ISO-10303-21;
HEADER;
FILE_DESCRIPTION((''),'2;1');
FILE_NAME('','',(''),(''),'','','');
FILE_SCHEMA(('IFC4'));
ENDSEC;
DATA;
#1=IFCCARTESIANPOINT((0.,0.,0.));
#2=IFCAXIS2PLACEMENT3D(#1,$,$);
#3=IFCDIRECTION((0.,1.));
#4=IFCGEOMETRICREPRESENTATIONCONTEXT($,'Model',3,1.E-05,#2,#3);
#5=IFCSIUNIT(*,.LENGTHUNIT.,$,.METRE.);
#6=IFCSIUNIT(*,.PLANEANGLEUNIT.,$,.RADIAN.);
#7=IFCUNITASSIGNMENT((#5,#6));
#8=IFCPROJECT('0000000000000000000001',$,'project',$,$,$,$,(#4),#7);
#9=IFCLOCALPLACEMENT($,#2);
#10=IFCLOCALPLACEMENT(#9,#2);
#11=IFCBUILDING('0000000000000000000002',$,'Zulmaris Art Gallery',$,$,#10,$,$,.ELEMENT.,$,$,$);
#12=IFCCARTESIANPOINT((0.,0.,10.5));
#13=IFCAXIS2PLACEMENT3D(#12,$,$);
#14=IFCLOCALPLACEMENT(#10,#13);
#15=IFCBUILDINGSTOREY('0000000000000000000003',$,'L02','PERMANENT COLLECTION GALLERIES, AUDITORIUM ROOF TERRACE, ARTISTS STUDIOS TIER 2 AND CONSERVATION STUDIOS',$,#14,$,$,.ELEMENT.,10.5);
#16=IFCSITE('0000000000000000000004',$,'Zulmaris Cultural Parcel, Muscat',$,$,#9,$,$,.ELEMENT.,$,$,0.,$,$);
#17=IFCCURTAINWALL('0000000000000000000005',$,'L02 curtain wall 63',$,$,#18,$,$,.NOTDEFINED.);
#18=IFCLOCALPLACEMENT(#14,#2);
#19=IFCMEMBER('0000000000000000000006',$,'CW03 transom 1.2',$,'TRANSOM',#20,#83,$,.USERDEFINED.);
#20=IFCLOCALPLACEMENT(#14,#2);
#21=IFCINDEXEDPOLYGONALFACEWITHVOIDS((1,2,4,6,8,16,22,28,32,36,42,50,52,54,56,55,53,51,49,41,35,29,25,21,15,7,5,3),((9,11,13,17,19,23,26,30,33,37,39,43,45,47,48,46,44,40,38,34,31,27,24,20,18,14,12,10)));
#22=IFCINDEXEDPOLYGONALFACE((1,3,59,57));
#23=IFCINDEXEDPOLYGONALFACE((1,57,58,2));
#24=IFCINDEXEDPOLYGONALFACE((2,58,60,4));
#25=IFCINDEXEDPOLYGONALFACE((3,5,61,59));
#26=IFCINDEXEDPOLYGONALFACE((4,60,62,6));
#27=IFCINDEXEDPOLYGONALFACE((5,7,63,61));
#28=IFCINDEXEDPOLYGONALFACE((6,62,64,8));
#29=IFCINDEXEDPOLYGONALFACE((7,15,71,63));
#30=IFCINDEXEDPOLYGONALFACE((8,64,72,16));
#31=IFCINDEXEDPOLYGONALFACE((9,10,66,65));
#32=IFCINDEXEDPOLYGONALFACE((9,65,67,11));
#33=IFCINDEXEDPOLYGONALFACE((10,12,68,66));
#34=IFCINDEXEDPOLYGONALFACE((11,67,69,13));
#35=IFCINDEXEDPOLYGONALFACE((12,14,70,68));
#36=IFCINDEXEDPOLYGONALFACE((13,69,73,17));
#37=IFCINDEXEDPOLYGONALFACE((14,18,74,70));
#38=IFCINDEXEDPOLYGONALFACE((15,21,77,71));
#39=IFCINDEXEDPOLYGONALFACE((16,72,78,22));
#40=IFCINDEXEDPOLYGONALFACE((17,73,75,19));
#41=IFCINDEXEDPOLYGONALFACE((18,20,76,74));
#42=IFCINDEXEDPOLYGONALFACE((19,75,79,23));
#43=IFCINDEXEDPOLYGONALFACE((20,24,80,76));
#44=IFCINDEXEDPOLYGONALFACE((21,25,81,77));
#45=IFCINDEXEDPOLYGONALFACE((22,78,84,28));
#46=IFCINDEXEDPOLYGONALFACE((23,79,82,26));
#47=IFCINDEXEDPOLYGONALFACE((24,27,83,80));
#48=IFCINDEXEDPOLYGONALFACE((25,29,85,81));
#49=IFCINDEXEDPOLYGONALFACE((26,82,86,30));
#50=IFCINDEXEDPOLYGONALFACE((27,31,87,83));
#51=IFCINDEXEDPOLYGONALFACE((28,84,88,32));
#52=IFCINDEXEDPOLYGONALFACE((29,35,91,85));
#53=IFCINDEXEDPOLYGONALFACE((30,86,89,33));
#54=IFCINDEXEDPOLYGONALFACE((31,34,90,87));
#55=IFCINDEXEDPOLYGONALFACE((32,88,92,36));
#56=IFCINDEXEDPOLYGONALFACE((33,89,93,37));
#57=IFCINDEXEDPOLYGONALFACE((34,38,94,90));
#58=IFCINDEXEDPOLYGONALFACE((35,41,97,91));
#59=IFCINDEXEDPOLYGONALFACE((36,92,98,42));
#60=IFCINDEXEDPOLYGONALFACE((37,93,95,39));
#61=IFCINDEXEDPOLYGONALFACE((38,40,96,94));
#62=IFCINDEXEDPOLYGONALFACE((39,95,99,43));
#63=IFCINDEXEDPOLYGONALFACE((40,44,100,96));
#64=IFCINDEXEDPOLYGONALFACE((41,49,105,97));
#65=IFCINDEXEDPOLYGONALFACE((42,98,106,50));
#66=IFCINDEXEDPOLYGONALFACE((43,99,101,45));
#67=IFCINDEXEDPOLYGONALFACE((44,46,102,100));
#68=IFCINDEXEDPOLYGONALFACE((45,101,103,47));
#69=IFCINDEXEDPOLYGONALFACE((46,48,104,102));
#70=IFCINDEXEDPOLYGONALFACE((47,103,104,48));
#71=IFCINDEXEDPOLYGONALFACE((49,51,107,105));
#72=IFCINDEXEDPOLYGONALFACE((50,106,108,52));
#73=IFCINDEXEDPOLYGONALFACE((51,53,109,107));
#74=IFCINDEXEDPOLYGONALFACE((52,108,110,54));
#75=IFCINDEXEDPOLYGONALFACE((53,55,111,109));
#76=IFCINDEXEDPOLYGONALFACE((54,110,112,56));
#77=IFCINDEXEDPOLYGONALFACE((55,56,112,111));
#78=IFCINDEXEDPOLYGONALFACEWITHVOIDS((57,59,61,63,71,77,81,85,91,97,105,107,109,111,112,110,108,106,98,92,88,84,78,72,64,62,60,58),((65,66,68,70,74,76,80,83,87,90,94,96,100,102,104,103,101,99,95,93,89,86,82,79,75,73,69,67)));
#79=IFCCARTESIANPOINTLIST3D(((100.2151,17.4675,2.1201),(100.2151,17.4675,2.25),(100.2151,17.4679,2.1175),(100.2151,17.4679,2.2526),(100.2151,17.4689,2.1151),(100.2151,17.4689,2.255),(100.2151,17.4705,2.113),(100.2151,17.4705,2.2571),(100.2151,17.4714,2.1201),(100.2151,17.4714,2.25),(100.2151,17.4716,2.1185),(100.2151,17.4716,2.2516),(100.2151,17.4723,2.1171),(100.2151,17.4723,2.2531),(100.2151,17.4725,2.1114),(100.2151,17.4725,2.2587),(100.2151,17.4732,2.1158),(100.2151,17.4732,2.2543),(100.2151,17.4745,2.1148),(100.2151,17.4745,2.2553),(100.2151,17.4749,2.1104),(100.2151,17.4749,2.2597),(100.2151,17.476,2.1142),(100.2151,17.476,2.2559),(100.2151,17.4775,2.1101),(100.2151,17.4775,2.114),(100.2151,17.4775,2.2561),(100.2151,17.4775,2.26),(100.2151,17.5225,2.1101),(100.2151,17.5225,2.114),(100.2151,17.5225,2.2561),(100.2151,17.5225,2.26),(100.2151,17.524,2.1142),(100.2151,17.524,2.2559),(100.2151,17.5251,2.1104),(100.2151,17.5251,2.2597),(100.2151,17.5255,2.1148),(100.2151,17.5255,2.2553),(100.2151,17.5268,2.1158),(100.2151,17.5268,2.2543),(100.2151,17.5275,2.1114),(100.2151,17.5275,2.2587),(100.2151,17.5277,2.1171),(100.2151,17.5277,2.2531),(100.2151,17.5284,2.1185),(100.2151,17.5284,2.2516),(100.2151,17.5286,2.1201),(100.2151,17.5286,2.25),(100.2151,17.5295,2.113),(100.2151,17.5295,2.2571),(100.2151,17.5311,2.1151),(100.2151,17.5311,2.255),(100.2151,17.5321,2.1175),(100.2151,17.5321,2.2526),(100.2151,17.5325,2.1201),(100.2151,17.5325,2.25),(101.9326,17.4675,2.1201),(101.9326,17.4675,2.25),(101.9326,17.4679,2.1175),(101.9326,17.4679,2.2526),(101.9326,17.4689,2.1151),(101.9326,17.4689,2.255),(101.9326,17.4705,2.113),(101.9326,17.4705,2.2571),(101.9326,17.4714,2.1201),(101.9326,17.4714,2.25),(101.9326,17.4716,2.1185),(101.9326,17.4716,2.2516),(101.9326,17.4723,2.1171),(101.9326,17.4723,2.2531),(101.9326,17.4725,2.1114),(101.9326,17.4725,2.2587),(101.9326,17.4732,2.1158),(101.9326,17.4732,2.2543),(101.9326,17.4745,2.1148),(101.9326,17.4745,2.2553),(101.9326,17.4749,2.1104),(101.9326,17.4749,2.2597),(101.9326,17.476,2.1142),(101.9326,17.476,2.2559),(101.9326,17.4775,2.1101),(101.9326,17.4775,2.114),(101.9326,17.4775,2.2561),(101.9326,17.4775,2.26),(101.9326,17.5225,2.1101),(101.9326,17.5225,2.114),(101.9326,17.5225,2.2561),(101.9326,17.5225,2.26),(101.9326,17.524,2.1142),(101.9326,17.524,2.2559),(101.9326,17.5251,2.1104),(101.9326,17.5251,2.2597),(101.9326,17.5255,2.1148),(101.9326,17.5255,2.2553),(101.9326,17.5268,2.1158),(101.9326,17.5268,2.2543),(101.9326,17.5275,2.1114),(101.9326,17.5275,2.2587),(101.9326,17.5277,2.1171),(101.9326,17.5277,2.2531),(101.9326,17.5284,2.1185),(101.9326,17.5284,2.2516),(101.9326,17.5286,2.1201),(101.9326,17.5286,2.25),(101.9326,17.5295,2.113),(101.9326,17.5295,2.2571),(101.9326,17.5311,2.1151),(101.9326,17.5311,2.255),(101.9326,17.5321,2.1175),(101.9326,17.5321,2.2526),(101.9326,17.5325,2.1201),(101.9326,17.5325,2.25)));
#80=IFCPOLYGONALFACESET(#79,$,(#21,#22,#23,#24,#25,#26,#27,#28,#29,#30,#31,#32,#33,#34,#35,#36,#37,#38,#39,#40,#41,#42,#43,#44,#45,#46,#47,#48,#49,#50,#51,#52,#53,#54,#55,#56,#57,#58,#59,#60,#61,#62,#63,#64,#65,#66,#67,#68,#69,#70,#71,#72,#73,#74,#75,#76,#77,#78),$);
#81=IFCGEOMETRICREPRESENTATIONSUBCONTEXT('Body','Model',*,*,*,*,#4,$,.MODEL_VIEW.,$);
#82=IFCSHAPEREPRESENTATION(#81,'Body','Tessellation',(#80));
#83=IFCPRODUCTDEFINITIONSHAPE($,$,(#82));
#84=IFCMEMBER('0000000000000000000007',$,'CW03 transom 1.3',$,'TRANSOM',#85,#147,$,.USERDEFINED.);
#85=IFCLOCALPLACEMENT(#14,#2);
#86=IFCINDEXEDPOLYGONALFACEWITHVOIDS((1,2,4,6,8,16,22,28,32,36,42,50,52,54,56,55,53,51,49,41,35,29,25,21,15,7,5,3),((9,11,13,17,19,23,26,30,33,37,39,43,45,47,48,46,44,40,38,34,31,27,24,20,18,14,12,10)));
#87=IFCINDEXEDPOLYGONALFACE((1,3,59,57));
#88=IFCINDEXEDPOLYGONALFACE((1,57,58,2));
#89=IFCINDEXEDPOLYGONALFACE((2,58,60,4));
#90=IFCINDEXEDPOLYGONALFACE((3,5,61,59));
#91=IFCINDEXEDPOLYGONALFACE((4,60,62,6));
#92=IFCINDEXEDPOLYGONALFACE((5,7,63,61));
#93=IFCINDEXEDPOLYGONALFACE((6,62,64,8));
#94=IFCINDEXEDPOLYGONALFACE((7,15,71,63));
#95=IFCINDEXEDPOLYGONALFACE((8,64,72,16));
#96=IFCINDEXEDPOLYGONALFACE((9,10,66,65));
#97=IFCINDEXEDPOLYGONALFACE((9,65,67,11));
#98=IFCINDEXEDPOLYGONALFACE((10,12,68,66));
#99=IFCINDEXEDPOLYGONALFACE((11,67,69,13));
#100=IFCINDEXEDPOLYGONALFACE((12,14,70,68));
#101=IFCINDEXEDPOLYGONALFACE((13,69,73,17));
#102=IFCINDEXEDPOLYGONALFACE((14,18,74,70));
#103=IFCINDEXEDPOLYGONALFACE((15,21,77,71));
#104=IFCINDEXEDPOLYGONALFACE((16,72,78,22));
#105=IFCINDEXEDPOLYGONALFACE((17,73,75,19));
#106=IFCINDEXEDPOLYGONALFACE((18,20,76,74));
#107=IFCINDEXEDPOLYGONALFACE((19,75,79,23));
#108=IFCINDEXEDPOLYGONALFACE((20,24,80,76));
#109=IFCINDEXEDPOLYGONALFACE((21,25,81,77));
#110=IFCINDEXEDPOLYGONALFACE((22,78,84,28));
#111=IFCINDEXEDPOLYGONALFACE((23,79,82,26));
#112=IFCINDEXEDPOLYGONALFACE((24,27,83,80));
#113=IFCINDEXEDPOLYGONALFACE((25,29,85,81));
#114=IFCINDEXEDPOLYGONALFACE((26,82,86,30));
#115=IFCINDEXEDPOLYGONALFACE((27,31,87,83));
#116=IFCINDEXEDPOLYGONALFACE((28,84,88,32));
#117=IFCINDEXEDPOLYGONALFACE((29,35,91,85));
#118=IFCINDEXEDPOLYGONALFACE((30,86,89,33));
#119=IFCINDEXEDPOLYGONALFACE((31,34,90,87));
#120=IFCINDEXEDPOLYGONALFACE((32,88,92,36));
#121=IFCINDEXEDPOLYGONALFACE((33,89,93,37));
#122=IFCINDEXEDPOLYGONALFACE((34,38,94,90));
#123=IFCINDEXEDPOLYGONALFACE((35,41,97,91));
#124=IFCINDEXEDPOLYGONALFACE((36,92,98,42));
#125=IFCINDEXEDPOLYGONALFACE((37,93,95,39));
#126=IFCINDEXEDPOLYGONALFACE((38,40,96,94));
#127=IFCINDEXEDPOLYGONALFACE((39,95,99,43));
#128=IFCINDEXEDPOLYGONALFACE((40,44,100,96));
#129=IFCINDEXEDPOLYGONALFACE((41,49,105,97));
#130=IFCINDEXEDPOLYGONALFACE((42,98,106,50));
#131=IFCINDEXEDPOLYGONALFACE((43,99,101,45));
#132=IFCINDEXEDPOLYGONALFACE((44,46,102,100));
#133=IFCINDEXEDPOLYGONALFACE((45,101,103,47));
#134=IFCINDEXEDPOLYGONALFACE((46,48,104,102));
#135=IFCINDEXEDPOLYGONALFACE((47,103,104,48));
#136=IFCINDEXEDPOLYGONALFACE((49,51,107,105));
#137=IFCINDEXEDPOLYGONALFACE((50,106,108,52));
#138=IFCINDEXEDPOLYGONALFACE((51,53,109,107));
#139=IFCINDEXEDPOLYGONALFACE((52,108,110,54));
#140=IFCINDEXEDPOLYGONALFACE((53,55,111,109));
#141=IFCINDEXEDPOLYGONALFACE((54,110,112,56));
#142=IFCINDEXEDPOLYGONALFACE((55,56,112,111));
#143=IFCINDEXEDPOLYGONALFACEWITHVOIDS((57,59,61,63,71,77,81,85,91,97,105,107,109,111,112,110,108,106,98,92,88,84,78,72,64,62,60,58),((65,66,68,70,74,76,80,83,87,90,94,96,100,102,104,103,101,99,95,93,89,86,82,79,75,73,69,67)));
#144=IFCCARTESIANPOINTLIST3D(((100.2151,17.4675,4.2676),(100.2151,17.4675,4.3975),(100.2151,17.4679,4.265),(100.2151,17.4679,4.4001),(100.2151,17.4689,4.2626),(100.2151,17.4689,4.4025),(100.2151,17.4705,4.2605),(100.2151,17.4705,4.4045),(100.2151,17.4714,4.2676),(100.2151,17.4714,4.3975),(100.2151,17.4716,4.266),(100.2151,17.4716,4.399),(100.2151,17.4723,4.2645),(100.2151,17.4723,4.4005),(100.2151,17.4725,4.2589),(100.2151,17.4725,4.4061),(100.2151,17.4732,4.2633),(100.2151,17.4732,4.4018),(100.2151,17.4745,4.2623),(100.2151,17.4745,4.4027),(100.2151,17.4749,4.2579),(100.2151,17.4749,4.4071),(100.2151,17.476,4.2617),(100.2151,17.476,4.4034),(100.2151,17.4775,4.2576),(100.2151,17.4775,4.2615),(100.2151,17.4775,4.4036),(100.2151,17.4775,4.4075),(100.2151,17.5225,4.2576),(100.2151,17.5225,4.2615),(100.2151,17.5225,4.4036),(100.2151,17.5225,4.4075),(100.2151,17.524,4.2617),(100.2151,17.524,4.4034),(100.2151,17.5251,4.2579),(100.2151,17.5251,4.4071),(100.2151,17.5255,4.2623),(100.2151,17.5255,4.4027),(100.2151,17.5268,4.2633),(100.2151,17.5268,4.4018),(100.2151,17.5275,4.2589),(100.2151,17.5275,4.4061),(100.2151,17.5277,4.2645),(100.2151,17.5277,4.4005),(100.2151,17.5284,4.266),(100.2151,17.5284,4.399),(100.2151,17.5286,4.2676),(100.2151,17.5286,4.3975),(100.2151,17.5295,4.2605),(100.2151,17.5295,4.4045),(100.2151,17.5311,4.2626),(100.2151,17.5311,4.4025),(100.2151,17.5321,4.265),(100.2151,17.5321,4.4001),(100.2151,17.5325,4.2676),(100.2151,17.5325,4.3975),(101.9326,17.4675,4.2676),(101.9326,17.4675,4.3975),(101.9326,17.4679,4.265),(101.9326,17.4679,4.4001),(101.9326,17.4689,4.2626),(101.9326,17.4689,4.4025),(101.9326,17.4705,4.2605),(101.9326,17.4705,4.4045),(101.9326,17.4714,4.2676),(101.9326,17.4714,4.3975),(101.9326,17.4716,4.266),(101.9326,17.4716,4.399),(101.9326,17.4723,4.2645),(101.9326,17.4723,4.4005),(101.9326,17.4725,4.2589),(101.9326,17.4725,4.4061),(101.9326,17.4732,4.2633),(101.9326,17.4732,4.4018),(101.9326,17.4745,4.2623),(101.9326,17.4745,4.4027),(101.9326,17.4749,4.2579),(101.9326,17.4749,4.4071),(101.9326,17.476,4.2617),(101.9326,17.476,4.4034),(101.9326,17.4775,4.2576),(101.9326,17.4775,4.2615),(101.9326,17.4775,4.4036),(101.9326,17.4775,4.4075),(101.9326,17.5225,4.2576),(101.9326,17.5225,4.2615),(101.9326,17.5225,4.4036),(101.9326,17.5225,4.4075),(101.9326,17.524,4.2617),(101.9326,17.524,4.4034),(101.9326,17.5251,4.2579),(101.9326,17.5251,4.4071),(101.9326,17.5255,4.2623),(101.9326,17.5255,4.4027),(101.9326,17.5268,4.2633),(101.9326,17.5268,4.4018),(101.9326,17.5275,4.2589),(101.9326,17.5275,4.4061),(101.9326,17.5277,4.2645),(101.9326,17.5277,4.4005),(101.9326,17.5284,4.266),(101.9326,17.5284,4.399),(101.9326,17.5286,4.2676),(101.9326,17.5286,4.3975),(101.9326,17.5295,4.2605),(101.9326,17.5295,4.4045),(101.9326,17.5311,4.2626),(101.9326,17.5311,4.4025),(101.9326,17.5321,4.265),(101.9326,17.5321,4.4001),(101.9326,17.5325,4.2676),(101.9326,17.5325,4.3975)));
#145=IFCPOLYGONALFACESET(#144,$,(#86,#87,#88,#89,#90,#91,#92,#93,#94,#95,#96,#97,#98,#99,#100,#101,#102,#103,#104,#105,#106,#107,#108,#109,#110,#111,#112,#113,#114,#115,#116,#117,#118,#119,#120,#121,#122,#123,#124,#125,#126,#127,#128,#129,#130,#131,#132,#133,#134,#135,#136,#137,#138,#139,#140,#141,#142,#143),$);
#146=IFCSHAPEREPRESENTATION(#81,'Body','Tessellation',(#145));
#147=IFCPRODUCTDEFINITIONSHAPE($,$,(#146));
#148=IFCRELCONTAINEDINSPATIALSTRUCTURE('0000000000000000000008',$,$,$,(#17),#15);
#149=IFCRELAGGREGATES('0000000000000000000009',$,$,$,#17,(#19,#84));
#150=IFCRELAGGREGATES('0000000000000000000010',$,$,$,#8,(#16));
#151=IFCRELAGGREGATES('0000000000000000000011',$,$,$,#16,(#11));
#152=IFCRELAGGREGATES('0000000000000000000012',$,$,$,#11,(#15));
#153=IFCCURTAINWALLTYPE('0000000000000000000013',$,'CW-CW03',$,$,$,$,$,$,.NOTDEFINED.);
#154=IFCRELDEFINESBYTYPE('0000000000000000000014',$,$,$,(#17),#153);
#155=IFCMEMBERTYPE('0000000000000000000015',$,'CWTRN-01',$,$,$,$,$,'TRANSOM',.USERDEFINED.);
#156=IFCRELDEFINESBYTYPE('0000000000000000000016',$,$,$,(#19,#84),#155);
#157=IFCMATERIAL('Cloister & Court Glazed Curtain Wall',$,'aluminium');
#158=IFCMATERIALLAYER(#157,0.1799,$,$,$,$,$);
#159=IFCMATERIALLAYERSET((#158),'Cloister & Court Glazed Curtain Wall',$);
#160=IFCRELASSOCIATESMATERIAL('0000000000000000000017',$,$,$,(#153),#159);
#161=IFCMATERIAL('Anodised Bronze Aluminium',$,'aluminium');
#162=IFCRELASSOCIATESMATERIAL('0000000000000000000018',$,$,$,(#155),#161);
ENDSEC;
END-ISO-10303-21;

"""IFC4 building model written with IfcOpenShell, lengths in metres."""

from ifc_helpers import new_model, si_unit, direction, frame, origin, origin_2d, place, context, subcontext, project, spatial, hollow_rectangle, extrude, material, layer, layer_set, material_profile, profile_set, type_object, element, aggregate, save


model = new_model("IFC4")

# Units and contexts
model_context = context("Model", 3, precision=1e-05, world=origin(), true_north=direction((0.0, 1.0)))
body_context = subcontext(model_context, "Body", "Model", "MODEL_VIEW")
ifc_project = project(units=[si_unit("LENGTHUNIT", "METRE"), si_unit("PLANEANGLEUNIT", "RADIAN")], contexts=[model_context])

# Site, building, storey
site_placement = place(None, origin())
site = spatial("IfcSite", under=ifc_project, at=site_placement, Name="Zulmaris Cultural Parcel, Muscat", CompositionType="ELEMENT", RefElevation=0.0)
building_placement = place(site_placement, origin())
building = spatial("IfcBuilding", under=site, at=building_placement, Name="Zulmaris Art Gallery", CompositionType="ELEMENT")
storey_placement = place(building_placement, frame((0.0, 0.0, 10.5)))
storey = spatial("IfcBuildingStorey", under=building, at=storey_placement, Name="L02", Description="PERMANENT COLLECTION GALLERIES, AUDITORIUM ROOF TERRACE, ARTISTS STUDIOS TIER 2 AND CONSERVATION STUDIOS", CompositionType="ELEMENT", Elevation=10.5)

# Shared definitions
ifc_material_1 = material(Name="Cloister & Court Glazed Curtain Wall", Category="aluminium")
ifc_layer_1 = layer(ifc_material_1, 0.1799)
ifc_layer_set_1 = layer_set([ifc_layer_1], Name="Cloister & Court Glazed Curtain Wall")
curtain_wall_type = type_object("IfcCurtainWallType", Name="CW-CW03", PredefinedType="NOTDEFINED", material=ifc_layer_set_1)
ifc_material_2 = material(Name="Anodised Bronze Aluminium", Category="aluminium")

# Curtain wall, members
curtain_wall_1_placement = place(storey_placement, origin())
curtain_wall_1 = element("IfcCurtainWall", 1, at=curtain_wall_1_placement, inside=storey, type_object=curtain_wall_type, Name="L02 curtain wall 63", PredefinedType="NOTDEFINED")
ifc_material_profile_1 = material_profile(ifc_material_2, hollow_rectangle(XDim=0.0649, YDim=0.1499, WallThickness=0.0039, InnerFilletRadius=0.0061, OuterFilletRadius=0.01, at=origin_2d()), Name="ALU 65x150x4")
ifc_profile_set_1 = profile_set([ifc_material_profile_1], Name="Anodised Bronze Aluminium")
member_type_1 = type_object("IfcMemberType", Name="CWTRN-01", ElementType="TRANSOM", PredefinedType="USERDEFINED", material=ifc_profile_set_1)
member_1_placement = place(storey_placement, frame((100.2151, 17.5, 2.1851), z_axis=(1.0, 0.0, 0.0), x_axis=(0.0, 1.0, 0.0)))
member_1 = element("IfcMember", 2, at=member_1_placement, type_object=member_type_1, Name="CW03 transom 1.2", ObjectType="TRANSOM", PredefinedType="USERDEFINED", context=body_context, shape_type="SweptSolid", body=[
    extrude(hollow_rectangle(XDim=0.0649, YDim=0.1499, WallThickness=0.0039, InnerFilletRadius=0.0061, OuterFilletRadius=0.01, at=origin_2d()), origin(), (0.0, 0.0, 1.0), 1.7175),
])
member_2_placement = place(storey_placement, frame((100.2151, 17.5, 4.3325), z_axis=(1.0, 0.0, 0.0), x_axis=(0.0, 1.0, 0.0)))
member_2 = element("IfcMember", 3, at=member_2_placement, type_object=member_type_1, Name="CW03 transom 1.3", ObjectType="TRANSOM", PredefinedType="USERDEFINED", context=body_context, shape_type="SweptSolid", body=[
    extrude(hollow_rectangle(XDim=0.0649, YDim=0.1499, WallThickness=0.0039, InnerFilletRadius=0.0061, OuterFilletRadius=0.01, at=origin_2d()), origin(), (0.0, 0.0, 1.0), 1.7175),
])
aggregate(curtain_wall_1, [member_1, member_2])

save(model, "model.ifc")
